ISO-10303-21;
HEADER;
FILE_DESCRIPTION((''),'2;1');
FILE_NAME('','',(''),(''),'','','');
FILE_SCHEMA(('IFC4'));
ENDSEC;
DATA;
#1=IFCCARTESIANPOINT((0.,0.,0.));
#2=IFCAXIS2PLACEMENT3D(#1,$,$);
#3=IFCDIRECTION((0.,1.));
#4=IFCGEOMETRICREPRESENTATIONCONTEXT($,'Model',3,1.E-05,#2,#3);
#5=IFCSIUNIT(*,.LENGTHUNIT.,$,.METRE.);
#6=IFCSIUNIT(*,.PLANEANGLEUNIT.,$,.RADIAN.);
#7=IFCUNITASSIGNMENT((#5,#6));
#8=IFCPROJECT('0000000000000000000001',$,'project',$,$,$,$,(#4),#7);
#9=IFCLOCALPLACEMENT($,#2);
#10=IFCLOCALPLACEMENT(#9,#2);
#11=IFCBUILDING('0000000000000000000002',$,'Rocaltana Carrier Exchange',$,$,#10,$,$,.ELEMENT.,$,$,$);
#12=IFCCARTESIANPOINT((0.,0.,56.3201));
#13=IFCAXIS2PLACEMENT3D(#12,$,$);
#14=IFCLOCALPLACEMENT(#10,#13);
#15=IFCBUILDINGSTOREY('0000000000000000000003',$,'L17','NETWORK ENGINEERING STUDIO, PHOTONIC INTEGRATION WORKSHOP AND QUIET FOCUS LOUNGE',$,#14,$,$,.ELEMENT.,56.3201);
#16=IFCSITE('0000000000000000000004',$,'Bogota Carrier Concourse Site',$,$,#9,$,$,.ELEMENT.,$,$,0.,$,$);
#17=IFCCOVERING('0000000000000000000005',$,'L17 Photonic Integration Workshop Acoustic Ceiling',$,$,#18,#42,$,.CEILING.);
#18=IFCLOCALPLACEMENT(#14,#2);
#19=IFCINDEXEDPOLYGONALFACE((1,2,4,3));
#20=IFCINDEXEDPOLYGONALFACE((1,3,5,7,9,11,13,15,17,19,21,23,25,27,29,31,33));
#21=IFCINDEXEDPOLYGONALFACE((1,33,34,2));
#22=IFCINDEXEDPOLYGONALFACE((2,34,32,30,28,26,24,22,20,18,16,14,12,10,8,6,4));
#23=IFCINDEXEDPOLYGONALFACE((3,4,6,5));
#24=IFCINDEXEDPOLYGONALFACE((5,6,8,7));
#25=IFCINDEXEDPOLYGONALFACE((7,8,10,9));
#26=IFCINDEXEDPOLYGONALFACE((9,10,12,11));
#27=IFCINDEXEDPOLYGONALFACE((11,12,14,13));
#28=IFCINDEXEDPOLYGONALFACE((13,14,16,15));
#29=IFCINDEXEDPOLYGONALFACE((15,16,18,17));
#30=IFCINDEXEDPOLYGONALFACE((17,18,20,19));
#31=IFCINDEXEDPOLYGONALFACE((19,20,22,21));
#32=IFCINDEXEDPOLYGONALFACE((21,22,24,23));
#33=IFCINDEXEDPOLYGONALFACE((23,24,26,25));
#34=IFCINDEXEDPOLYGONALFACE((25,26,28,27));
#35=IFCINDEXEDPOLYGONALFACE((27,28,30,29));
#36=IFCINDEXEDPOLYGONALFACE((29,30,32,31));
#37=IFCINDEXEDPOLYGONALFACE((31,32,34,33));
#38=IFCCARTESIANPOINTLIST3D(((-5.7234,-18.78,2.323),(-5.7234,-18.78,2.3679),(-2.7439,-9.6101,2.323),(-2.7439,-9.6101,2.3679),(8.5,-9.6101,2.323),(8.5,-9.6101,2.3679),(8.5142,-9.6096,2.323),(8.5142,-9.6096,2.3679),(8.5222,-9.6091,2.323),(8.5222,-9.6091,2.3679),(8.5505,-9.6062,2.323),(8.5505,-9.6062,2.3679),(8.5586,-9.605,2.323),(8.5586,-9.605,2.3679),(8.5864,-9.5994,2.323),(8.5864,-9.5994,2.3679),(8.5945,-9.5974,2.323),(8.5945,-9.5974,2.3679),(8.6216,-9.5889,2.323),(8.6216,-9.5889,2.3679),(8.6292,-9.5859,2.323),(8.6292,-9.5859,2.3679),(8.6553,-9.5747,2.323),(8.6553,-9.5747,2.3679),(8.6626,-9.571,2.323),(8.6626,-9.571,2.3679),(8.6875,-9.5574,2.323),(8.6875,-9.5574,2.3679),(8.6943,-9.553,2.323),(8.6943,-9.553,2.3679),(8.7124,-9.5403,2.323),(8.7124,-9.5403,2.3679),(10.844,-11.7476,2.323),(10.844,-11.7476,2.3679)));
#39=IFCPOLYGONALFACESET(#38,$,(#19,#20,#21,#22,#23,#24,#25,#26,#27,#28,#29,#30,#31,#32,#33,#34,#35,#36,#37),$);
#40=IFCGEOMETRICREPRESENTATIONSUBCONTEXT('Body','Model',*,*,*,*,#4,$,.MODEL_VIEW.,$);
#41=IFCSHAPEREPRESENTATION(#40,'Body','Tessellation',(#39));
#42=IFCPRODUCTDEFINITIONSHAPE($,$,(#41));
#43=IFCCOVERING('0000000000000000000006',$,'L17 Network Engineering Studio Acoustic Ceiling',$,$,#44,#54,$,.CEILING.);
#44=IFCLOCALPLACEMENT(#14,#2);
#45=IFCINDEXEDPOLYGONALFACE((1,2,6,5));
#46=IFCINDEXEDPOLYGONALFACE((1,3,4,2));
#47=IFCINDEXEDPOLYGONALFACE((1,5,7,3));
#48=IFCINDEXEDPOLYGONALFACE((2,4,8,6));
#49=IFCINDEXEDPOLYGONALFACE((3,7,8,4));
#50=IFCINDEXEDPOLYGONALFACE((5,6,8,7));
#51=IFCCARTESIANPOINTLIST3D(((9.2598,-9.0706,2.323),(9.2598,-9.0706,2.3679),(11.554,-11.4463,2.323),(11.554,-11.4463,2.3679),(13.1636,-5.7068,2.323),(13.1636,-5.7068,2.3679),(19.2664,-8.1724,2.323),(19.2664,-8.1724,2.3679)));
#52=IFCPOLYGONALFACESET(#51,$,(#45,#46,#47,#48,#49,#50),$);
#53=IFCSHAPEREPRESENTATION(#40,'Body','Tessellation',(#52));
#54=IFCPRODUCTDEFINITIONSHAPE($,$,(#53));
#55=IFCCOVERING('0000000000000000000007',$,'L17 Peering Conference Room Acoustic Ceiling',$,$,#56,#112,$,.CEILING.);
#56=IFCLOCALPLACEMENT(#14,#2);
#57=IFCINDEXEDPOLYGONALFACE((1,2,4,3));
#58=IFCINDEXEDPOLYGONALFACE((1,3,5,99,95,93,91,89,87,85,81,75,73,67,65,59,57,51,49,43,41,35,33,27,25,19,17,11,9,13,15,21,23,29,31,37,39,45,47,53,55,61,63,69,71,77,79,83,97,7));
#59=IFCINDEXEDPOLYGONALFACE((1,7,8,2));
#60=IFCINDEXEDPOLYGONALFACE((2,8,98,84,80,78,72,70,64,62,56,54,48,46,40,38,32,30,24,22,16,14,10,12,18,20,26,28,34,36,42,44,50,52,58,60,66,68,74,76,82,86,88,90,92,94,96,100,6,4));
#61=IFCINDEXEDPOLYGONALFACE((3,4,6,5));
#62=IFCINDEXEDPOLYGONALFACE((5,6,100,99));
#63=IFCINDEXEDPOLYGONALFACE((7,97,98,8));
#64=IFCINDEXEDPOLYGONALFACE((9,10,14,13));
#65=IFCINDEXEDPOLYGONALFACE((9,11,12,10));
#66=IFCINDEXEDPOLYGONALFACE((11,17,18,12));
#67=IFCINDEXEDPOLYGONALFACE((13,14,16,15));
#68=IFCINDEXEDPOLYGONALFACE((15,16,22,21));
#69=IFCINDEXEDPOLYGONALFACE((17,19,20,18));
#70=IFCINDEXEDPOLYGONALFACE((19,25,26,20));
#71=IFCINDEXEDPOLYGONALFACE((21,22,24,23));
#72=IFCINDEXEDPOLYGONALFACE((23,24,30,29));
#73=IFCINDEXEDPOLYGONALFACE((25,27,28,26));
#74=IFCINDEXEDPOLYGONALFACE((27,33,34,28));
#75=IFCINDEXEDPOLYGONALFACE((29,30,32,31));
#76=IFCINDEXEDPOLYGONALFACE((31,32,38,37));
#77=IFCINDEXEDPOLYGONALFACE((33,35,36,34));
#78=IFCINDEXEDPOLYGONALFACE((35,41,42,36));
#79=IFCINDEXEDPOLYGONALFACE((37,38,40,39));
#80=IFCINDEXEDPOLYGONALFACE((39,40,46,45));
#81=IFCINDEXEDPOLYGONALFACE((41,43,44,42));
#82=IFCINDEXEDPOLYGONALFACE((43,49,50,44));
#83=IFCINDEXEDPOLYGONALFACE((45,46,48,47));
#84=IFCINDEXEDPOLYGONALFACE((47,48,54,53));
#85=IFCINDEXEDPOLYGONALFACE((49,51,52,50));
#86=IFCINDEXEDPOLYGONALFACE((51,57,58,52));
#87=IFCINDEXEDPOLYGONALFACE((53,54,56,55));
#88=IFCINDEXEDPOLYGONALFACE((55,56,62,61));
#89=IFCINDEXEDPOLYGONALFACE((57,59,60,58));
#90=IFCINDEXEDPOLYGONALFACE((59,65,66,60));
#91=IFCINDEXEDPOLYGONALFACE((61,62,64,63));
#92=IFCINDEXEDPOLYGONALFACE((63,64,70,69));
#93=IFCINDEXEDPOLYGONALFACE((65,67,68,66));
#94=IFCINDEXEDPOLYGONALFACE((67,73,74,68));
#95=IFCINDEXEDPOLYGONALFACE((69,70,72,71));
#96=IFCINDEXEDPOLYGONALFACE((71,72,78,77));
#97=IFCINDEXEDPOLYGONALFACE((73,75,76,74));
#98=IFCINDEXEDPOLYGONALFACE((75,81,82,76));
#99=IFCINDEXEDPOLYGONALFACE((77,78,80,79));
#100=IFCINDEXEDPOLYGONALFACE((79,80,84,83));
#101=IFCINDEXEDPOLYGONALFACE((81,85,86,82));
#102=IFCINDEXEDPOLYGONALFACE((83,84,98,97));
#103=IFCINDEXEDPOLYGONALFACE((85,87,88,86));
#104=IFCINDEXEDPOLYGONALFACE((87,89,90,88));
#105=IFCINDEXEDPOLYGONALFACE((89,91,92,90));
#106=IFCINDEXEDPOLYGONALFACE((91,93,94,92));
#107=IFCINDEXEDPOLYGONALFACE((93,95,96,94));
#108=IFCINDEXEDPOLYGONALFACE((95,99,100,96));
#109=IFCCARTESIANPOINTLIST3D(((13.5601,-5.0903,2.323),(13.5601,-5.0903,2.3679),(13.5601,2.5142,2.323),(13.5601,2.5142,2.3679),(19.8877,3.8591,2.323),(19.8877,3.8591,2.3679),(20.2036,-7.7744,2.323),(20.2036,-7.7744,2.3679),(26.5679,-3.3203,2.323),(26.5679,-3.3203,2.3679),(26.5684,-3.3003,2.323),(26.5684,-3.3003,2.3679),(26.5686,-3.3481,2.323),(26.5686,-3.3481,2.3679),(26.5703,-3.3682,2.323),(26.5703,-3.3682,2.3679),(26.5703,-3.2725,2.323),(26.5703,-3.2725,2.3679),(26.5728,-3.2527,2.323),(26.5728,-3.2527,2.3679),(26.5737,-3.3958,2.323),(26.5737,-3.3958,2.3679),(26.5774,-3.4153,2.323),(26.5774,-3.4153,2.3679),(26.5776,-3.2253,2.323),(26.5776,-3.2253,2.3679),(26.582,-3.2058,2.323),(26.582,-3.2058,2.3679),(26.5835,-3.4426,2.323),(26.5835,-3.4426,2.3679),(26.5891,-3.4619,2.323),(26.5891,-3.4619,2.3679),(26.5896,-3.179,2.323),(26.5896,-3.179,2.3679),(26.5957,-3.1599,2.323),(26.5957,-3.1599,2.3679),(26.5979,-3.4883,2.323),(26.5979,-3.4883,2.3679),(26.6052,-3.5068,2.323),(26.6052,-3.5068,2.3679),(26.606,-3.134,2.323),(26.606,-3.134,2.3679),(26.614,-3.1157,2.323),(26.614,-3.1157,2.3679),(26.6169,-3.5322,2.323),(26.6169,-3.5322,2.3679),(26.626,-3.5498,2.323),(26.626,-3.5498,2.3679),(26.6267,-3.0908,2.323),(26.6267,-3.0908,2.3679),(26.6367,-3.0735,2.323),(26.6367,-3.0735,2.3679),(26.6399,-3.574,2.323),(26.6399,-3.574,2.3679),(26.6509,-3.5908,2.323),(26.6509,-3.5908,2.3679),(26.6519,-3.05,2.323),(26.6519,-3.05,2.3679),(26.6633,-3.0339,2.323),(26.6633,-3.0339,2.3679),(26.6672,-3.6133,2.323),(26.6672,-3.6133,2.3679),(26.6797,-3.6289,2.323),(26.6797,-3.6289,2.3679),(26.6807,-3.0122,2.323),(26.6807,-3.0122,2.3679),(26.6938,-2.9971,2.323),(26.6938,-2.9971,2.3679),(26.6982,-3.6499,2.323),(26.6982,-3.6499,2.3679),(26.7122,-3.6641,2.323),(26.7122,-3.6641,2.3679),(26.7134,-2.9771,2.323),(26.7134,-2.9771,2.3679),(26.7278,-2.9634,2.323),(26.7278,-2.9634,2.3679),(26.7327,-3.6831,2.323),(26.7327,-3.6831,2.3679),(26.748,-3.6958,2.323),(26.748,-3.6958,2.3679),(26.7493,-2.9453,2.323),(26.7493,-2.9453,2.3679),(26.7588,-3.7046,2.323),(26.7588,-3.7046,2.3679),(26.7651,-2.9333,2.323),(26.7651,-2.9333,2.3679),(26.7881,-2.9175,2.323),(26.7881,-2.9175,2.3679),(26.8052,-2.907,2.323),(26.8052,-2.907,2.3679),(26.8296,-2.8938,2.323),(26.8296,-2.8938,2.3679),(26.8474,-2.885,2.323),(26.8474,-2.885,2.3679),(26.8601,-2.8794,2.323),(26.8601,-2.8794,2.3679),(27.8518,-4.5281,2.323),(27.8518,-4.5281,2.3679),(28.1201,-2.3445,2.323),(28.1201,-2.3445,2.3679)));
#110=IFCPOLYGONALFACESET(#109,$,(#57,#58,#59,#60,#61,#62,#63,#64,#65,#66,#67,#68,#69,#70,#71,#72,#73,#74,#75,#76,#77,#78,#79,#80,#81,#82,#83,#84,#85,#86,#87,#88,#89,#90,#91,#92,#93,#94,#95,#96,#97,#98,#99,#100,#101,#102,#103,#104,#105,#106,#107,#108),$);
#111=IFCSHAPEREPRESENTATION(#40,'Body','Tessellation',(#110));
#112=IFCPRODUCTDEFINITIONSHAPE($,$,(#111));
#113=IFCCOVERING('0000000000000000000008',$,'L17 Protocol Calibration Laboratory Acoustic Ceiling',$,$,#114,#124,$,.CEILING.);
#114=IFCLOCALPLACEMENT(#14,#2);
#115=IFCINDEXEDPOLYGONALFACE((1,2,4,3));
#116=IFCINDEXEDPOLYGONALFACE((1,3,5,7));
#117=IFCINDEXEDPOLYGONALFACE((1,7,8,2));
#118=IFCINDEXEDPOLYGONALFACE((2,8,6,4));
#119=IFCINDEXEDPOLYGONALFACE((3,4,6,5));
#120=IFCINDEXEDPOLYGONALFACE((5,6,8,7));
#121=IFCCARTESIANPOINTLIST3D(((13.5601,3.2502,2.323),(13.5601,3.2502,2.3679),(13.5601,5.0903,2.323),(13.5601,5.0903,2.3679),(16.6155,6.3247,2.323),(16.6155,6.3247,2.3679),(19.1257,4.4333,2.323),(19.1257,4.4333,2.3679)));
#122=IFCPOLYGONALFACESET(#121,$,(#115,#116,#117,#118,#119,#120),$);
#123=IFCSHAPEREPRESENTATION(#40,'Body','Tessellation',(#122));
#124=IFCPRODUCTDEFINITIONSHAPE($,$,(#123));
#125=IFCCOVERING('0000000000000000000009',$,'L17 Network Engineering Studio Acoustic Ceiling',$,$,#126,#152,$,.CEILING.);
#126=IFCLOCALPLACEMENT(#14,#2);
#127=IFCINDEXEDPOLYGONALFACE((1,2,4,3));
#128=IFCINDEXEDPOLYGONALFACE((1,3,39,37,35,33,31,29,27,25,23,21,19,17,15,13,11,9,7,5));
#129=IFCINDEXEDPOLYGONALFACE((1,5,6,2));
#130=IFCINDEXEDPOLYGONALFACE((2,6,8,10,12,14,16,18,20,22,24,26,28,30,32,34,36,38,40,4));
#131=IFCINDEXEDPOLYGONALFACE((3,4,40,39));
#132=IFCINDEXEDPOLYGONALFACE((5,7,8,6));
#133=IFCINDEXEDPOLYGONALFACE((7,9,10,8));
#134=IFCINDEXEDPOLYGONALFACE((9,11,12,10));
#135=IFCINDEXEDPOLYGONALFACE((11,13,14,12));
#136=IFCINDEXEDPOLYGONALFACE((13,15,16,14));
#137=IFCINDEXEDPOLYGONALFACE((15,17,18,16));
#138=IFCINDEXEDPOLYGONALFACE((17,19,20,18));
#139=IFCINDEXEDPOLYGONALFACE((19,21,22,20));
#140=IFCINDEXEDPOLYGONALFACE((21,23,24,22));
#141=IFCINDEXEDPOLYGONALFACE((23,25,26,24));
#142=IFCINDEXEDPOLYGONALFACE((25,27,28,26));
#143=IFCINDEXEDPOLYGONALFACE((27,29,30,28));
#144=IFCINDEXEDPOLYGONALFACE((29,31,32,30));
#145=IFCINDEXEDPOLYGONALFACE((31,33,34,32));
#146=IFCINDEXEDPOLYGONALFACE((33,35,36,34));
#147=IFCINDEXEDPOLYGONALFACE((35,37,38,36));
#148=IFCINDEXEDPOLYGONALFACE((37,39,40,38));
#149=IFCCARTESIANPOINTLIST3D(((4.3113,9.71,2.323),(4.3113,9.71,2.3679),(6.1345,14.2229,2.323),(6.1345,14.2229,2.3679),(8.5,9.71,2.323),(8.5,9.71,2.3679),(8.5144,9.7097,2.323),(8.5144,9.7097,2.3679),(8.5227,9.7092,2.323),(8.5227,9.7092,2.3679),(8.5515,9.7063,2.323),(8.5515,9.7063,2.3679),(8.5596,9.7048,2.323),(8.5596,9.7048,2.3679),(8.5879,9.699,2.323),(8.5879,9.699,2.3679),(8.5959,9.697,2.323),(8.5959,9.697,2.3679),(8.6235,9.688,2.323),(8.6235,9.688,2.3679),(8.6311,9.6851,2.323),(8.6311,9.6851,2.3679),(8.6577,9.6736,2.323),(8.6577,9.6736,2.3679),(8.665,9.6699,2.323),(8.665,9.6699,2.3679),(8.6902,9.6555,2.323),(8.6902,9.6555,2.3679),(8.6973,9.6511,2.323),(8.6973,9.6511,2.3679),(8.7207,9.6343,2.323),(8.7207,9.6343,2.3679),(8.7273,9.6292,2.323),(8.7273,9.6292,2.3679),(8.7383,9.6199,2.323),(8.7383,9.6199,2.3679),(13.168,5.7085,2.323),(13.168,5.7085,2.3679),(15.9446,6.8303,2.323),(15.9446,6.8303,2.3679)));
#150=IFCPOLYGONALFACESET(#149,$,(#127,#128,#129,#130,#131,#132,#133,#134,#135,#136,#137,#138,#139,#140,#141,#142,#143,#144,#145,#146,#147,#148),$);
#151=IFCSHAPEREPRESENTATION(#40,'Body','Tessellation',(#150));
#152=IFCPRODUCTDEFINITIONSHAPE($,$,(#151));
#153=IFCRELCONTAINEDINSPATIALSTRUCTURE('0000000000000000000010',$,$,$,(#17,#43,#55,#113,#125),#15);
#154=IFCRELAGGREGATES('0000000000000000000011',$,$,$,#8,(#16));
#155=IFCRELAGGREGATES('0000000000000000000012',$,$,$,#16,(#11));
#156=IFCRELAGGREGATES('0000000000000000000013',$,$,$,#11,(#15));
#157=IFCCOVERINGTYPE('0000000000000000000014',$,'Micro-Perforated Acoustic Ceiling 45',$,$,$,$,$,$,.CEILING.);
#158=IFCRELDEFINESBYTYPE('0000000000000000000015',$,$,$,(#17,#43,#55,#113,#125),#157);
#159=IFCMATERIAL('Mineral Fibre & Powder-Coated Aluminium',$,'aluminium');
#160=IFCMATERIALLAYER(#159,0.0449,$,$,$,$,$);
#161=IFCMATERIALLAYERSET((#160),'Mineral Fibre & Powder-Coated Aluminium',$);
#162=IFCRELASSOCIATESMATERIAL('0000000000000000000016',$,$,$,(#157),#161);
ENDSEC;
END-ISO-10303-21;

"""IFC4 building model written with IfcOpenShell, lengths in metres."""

from ifc_helpers import new_model, si_unit, direction, frame, origin, place, context, subcontext, project, spatial, polyline, outline, extrude, material, layer, layer_set, type_object, element, save


model = new_model("IFC4")

# Units and contexts
model_context = context("Model", 3, precision=1e-05, world=origin(), true_north=direction((0.0, 1.0)))
body_context = subcontext(model_context, "Body", "Model", "MODEL_VIEW")
ifc_project = project(units=[si_unit("LENGTHUNIT", "METRE"), si_unit("PLANEANGLEUNIT", "RADIAN")], contexts=[model_context])

# Site, building, storey
site_placement = place(None, origin())
site = spatial("IfcSite", under=ifc_project, at=site_placement, Name="Bogota Carrier Concourse Site", CompositionType="ELEMENT", RefElevation=0.0)
building_placement = place(site_placement, origin())
building = spatial("IfcBuilding", under=site, at=building_placement, Name="Rocaltana Carrier Exchange", CompositionType="ELEMENT")
storey_placement = place(building_placement, frame((0.0, 0.0, 56.3201)))
storey = spatial("IfcBuildingStorey", under=building, at=storey_placement, Name="L17", Description="NETWORK ENGINEERING STUDIO, PHOTONIC INTEGRATION WORKSHOP AND QUIET FOCUS LOUNGE", CompositionType="ELEMENT", Elevation=56.3201)

# Coverings
ifc_material_1 = material(Name="Mineral Fibre & Powder-Coated Aluminium", Category="aluminium")
ifc_layer_1 = layer(ifc_material_1, 0.0449)
ifc_layer_set_1 = layer_set([ifc_layer_1], Name="Mineral Fibre & Powder-Coated Aluminium")
covering_type_1 = type_object("IfcCoveringType", Name="Micro-Perforated Acoustic Ceiling 45", PredefinedType="CEILING", material=ifc_layer_set_1)
covering_1_placement = place(storey_placement, frame((0.0, 0.0, 2.323)))
element("IfcCovering", 1, at=covering_1_placement, inside=storey, type_object=covering_type_1, Name="L17 Photonic Integration Workshop Acoustic Ceiling", PredefinedType="CEILING", context=body_context, shape_type="SweptSolid", body=[
    extrude(outline(polyline([(-5.7234, -18.78), (-2.7439, -9.6101), (8.5, -9.6101), (8.5142, -9.6096), (8.5222, -9.6091), (8.5505, -9.6062), (8.5586, -9.605), (8.5864, -9.5994), (8.5945, -9.5974), (8.6216, -9.5889), (8.6292, -9.5859), (8.6553, -9.5747), (8.6626, -9.571), (8.6875, -9.5574), (8.6943, -9.553), (8.7124, -9.5403), (10.844, -11.7476), (-5.7234, -18.78)])), origin(), (0.0, 0.0, 1.0), 0.0449),
])
covering_2_placement = place(storey_placement, frame((0.0, 0.0, 2.323)))
element("IfcCovering", 2, at=covering_2_placement, inside=storey, type_object=covering_type_1, Name="L17 Network Engineering Studio Acoustic Ceiling", PredefinedType="CEILING", context=body_context, shape_type="SweptSolid", body=[
    extrude(outline(polyline([(11.554, -11.4463), (9.2598, -9.0706), (13.1636, -5.7068), (19.2664, -8.1724), (11.554, -11.4463)])), origin(), (0.0, 0.0, 1.0), 0.0449),
])
covering_3_placement = place(storey_placement, frame((0.0, 0.0, 2.323)))
element("IfcCovering", 3, at=covering_3_placement, inside=storey, type_object=covering_type_1, Name="L17 Peering Conference Room Acoustic Ceiling", PredefinedType="CEILING", context=body_context, shape_type="SweptSolid", body=[
    extrude(outline(polyline([(13.5601, -5.0903), (13.5601, 2.5142), (19.8877, 3.8591), (28.1201, -2.3445), (26.8601, -2.8794), (26.8474, -2.885), (26.8296, -2.8938), (26.8052, -2.907), (26.7881, -2.9175), (26.7651, -2.9333), (26.7493, -2.9453), (26.7278, -2.9634), (26.7134, -2.9771), (26.6938, -2.9971), (26.6807, -3.0122), (26.6633, -3.0339), (26.6519, -3.05), (26.6367, -3.0735), (26.6267, -3.0908), (26.614, -3.1157), (26.606, -3.134), (26.5957, -3.1599), (26.5896, -3.179), (26.582, -3.2058), (26.5776, -3.2253), (26.5728, -3.2527), (26.5703, -3.2725), (26.5684, -3.3003), (26.5679, -3.3203), (26.5686, -3.3481), (26.5703, -3.3682), (26.5737, -3.3958), (26.5774, -3.4153), (26.5835, -3.4426), (26.5891, -3.4619), (26.5979, -3.4883), (26.6052, -3.5068), (26.6169, -3.5322), (26.626, -3.5498), (26.6399, -3.574), (26.6509, -3.5908), (26.6672, -3.6133), (26.6797, -3.6289), (26.6982, -3.6499), (26.7122, -3.6641), (26.7327, -3.6831), (26.748, -3.6958), (26.7588, -3.7046), (27.8518, -4.5281), (20.2036, -7.7744), (13.5601, -5.0903)])), origin(), (0.0, 0.0, 1.0), 0.0449),
])
covering_4_placement = place(storey_placement, frame((0.0, 0.0, 2.323)))
element("IfcCovering", 4, at=covering_4_placement, inside=storey, type_object=covering_type_1, Name="L17 Protocol Calibration Laboratory Acoustic Ceiling", PredefinedType="CEILING", context=body_context, shape_type="SweptSolid", body=[
    extrude(outline(polyline([(13.5601, 5.0903), (16.6155, 6.3247), (19.1257, 4.4333), (13.5601, 3.2502), (13.5601, 5.0903)])), origin(), (0.0, 0.0, 1.0), 0.0449),
])
covering_5_placement = place(storey_placement, frame((0.0, 0.0, 2.323)))
element("IfcCovering", 5, at=covering_5_placement, inside=storey, type_object=covering_type_1, Name="L17 Network Engineering Studio Acoustic Ceiling", PredefinedType="CEILING", context=body_context, shape_type="SweptSolid", body=[
    extrude(outline(polyline([(15.9446, 6.8303), (13.168, 5.7085), (8.7383, 9.6199), (8.7273, 9.6292), (8.7207, 9.6343), (8.6973, 9.6511), (8.6902, 9.6555), (8.665, 9.6699), (8.6577, 9.6736), (8.6311, 9.6851), (8.6235, 9.688), (8.5959, 9.697), (8.5879, 9.699), (8.5596, 9.7048), (8.5515, 9.7063), (8.5227, 9.7092), (8.5144, 9.7097), (8.5, 9.71), (4.3113, 9.71), (6.1345, 14.2229), (15.9446, 6.8303)])), origin(), (0.0, 0.0, 1.0), 0.0449),
])

save(model, "model.ifc")
